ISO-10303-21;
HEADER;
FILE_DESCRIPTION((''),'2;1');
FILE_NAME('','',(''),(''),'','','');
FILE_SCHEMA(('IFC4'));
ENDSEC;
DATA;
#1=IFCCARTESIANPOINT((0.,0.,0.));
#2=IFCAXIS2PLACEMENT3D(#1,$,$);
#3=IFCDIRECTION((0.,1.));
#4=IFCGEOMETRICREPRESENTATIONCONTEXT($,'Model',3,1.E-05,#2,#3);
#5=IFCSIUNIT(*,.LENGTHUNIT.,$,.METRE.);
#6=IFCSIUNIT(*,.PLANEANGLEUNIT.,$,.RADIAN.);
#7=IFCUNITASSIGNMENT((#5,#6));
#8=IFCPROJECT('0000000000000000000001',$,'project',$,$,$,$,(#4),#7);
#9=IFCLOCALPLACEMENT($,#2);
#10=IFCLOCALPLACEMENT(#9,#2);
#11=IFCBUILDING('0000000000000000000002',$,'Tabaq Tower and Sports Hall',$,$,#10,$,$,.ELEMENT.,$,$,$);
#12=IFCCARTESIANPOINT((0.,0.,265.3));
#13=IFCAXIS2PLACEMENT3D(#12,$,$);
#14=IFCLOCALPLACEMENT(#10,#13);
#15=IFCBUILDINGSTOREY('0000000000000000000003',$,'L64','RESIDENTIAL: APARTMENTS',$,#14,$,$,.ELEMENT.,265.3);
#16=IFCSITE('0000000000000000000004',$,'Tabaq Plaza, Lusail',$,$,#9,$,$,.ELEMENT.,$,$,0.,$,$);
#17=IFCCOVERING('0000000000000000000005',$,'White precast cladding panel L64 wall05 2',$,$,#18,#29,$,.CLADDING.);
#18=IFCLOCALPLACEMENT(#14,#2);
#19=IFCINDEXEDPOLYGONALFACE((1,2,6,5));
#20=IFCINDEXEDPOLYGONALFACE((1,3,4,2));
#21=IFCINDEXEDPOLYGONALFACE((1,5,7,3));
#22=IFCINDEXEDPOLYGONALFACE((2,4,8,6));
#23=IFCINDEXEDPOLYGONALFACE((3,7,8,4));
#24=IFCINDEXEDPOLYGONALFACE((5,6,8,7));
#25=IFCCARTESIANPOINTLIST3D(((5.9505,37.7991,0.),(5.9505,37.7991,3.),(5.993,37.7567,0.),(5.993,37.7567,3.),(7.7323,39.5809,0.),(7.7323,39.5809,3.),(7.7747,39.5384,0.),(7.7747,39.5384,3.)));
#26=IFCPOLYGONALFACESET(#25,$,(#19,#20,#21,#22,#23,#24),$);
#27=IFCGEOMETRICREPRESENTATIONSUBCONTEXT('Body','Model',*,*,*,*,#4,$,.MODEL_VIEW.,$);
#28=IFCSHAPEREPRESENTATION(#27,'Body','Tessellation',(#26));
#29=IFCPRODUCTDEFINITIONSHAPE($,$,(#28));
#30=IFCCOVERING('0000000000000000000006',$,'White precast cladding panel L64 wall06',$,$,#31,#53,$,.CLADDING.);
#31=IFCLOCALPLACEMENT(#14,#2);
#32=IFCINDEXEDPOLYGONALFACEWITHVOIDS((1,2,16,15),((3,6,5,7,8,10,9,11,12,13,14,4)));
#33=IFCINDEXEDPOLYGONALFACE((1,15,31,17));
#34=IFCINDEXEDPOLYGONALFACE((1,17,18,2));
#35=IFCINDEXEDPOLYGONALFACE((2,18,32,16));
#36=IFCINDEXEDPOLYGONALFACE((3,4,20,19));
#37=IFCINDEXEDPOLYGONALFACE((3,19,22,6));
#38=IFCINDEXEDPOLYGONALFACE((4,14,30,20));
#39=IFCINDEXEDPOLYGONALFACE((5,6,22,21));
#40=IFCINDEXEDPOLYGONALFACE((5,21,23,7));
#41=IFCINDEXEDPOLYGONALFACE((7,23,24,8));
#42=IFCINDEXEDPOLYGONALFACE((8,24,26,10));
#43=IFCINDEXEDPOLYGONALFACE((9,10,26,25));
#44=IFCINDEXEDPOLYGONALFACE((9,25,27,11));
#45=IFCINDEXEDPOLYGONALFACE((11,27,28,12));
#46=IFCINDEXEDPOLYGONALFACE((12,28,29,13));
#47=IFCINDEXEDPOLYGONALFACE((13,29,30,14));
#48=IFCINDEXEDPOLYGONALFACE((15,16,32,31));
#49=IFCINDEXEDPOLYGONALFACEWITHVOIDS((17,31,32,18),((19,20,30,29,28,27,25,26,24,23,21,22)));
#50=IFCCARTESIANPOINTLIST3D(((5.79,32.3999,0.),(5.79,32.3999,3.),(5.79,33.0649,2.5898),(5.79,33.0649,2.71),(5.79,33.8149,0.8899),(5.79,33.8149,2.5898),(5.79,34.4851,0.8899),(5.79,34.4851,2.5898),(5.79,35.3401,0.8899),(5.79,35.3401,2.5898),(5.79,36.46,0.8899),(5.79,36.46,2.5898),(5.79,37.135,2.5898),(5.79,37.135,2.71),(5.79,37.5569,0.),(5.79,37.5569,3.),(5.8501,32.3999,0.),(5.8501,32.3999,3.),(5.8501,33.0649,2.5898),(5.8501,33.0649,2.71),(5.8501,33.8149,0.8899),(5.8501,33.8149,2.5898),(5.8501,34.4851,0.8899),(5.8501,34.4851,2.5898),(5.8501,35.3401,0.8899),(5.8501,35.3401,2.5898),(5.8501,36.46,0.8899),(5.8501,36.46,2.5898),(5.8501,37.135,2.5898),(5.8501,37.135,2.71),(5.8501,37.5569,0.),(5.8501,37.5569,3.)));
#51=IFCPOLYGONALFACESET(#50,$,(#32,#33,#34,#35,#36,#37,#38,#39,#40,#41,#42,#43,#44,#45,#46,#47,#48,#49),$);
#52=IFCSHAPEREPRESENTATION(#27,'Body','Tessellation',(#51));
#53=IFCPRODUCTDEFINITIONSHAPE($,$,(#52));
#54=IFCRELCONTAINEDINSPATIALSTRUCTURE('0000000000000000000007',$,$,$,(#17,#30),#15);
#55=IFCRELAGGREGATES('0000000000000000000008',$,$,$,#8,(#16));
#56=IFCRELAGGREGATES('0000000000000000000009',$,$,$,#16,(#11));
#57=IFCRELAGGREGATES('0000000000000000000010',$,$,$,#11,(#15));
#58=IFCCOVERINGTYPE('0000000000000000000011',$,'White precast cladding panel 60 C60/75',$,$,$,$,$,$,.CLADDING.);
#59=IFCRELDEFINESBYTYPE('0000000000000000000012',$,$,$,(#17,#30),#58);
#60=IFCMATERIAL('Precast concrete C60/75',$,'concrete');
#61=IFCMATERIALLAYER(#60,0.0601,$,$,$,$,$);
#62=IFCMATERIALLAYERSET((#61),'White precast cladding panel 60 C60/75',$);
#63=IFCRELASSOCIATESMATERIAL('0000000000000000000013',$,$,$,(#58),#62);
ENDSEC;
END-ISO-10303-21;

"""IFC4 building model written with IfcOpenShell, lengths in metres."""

from ifc_helpers import new_model, si_unit, direction, frame, frame_2d, origin, place, context, subcontext, project, spatial, polyline, rectangle, outline, extrude, material, layer, layer_set, type_object, element, save


model = new_model("IFC4")

# Units and contexts
model_context = context("Model", 3, precision=1e-05, world=origin(), true_north=direction((0.0, 1.0)))
body_context = subcontext(model_context, "Body", "Model", "MODEL_VIEW")
ifc_project = project(units=[si_unit("LENGTHUNIT", "METRE"), si_unit("PLANEANGLEUNIT", "RADIAN")], contexts=[model_context])

# Site, building, storey
site_placement = place(None, origin())
site = spatial("IfcSite", under=ifc_project, at=site_placement, Name="Tabaq Plaza, Lusail", CompositionType="ELEMENT", RefElevation=0.0)
building_placement = place(site_placement, origin())
building = spatial("IfcBuilding", under=site, at=building_placement, Name="Tabaq Tower and Sports Hall", CompositionType="ELEMENT")
storey_placement = place(building_placement, frame((0.0, 0.0, 265.3)))
storey = spatial("IfcBuildingStorey", under=building, at=storey_placement, Name="L64", Description="RESIDENTIAL: APARTMENTS", CompositionType="ELEMENT", Elevation=265.3)

# Coverings
ifc_material_1 = material(Name="Precast concrete C60/75", Category="concrete")
ifc_layer_1 = layer(ifc_material_1, 0.0601)
ifc_layer_set_1 = layer_set([ifc_layer_1], Name="White precast cladding panel 60 C60/75")
covering_type = type_object("IfcCoveringType", Name="White precast cladding panel 60 C60/75", PredefinedType="CLADDING", material=ifc_layer_set_1)
covering_1_placement = place(storey_placement, frame((7.7534, 39.5596, 0.0), z_axis=(0.0, 0.0, 1.0), x_axis=(-0.707107, -0.707107, 0.0)))
element("IfcCovering", 1, at=covering_1_placement, inside=storey, type_object=covering_type, Name="White precast cladding panel L64 wall05 2", PredefinedType="CLADDING", context=body_context, shape_type="SweptSolid", body=[
    extrude(rectangle(XDim=2.5198, YDim=0.0601, at=frame_2d((1.2598, 0.0))), origin(), (0.0, 0.0, 1.0), 3.0),
])
covering_2_placement = place(storey_placement, frame((5.8201, 37.5569, 0.0), z_axis=(0.0, 0.0, 1.0), x_axis=(0.0, -1.0, 0.0)))
element("IfcCovering", 2, at=covering_2_placement, inside=storey, type_object=covering_type, Name="White precast cladding panel L64 wall06", PredefinedType="CLADDING", context=body_context, shape_type="SweptSolid", body=[
    extrude(outline(polyline([(0.0, 0.0), (5.157, 0.0), (5.157, 3.0), (0.0, 3.0), (0.0, 0.0)]), holes=[polyline([(1.0969, 2.5898), (0.4219, 2.5898), (0.4219, 2.71), (4.4919, 2.71), (4.4919, 2.5898), (3.7419, 2.5898), (3.7419, 0.8899), (3.0718, 0.8899), (3.0718, 2.5898), (2.2168, 2.5898), (2.2168, 0.8899), (1.0969, 0.8899), (1.0969, 2.5898)])]), frame((0.0, 0.03, 0.0), z_axis=(0.0, -1.0, 0.0), x_axis=(1.0, 0.0, 0.0)), (0.0, 0.0, 1.0), 0.0601),
])

save(model, "model.ifc")
